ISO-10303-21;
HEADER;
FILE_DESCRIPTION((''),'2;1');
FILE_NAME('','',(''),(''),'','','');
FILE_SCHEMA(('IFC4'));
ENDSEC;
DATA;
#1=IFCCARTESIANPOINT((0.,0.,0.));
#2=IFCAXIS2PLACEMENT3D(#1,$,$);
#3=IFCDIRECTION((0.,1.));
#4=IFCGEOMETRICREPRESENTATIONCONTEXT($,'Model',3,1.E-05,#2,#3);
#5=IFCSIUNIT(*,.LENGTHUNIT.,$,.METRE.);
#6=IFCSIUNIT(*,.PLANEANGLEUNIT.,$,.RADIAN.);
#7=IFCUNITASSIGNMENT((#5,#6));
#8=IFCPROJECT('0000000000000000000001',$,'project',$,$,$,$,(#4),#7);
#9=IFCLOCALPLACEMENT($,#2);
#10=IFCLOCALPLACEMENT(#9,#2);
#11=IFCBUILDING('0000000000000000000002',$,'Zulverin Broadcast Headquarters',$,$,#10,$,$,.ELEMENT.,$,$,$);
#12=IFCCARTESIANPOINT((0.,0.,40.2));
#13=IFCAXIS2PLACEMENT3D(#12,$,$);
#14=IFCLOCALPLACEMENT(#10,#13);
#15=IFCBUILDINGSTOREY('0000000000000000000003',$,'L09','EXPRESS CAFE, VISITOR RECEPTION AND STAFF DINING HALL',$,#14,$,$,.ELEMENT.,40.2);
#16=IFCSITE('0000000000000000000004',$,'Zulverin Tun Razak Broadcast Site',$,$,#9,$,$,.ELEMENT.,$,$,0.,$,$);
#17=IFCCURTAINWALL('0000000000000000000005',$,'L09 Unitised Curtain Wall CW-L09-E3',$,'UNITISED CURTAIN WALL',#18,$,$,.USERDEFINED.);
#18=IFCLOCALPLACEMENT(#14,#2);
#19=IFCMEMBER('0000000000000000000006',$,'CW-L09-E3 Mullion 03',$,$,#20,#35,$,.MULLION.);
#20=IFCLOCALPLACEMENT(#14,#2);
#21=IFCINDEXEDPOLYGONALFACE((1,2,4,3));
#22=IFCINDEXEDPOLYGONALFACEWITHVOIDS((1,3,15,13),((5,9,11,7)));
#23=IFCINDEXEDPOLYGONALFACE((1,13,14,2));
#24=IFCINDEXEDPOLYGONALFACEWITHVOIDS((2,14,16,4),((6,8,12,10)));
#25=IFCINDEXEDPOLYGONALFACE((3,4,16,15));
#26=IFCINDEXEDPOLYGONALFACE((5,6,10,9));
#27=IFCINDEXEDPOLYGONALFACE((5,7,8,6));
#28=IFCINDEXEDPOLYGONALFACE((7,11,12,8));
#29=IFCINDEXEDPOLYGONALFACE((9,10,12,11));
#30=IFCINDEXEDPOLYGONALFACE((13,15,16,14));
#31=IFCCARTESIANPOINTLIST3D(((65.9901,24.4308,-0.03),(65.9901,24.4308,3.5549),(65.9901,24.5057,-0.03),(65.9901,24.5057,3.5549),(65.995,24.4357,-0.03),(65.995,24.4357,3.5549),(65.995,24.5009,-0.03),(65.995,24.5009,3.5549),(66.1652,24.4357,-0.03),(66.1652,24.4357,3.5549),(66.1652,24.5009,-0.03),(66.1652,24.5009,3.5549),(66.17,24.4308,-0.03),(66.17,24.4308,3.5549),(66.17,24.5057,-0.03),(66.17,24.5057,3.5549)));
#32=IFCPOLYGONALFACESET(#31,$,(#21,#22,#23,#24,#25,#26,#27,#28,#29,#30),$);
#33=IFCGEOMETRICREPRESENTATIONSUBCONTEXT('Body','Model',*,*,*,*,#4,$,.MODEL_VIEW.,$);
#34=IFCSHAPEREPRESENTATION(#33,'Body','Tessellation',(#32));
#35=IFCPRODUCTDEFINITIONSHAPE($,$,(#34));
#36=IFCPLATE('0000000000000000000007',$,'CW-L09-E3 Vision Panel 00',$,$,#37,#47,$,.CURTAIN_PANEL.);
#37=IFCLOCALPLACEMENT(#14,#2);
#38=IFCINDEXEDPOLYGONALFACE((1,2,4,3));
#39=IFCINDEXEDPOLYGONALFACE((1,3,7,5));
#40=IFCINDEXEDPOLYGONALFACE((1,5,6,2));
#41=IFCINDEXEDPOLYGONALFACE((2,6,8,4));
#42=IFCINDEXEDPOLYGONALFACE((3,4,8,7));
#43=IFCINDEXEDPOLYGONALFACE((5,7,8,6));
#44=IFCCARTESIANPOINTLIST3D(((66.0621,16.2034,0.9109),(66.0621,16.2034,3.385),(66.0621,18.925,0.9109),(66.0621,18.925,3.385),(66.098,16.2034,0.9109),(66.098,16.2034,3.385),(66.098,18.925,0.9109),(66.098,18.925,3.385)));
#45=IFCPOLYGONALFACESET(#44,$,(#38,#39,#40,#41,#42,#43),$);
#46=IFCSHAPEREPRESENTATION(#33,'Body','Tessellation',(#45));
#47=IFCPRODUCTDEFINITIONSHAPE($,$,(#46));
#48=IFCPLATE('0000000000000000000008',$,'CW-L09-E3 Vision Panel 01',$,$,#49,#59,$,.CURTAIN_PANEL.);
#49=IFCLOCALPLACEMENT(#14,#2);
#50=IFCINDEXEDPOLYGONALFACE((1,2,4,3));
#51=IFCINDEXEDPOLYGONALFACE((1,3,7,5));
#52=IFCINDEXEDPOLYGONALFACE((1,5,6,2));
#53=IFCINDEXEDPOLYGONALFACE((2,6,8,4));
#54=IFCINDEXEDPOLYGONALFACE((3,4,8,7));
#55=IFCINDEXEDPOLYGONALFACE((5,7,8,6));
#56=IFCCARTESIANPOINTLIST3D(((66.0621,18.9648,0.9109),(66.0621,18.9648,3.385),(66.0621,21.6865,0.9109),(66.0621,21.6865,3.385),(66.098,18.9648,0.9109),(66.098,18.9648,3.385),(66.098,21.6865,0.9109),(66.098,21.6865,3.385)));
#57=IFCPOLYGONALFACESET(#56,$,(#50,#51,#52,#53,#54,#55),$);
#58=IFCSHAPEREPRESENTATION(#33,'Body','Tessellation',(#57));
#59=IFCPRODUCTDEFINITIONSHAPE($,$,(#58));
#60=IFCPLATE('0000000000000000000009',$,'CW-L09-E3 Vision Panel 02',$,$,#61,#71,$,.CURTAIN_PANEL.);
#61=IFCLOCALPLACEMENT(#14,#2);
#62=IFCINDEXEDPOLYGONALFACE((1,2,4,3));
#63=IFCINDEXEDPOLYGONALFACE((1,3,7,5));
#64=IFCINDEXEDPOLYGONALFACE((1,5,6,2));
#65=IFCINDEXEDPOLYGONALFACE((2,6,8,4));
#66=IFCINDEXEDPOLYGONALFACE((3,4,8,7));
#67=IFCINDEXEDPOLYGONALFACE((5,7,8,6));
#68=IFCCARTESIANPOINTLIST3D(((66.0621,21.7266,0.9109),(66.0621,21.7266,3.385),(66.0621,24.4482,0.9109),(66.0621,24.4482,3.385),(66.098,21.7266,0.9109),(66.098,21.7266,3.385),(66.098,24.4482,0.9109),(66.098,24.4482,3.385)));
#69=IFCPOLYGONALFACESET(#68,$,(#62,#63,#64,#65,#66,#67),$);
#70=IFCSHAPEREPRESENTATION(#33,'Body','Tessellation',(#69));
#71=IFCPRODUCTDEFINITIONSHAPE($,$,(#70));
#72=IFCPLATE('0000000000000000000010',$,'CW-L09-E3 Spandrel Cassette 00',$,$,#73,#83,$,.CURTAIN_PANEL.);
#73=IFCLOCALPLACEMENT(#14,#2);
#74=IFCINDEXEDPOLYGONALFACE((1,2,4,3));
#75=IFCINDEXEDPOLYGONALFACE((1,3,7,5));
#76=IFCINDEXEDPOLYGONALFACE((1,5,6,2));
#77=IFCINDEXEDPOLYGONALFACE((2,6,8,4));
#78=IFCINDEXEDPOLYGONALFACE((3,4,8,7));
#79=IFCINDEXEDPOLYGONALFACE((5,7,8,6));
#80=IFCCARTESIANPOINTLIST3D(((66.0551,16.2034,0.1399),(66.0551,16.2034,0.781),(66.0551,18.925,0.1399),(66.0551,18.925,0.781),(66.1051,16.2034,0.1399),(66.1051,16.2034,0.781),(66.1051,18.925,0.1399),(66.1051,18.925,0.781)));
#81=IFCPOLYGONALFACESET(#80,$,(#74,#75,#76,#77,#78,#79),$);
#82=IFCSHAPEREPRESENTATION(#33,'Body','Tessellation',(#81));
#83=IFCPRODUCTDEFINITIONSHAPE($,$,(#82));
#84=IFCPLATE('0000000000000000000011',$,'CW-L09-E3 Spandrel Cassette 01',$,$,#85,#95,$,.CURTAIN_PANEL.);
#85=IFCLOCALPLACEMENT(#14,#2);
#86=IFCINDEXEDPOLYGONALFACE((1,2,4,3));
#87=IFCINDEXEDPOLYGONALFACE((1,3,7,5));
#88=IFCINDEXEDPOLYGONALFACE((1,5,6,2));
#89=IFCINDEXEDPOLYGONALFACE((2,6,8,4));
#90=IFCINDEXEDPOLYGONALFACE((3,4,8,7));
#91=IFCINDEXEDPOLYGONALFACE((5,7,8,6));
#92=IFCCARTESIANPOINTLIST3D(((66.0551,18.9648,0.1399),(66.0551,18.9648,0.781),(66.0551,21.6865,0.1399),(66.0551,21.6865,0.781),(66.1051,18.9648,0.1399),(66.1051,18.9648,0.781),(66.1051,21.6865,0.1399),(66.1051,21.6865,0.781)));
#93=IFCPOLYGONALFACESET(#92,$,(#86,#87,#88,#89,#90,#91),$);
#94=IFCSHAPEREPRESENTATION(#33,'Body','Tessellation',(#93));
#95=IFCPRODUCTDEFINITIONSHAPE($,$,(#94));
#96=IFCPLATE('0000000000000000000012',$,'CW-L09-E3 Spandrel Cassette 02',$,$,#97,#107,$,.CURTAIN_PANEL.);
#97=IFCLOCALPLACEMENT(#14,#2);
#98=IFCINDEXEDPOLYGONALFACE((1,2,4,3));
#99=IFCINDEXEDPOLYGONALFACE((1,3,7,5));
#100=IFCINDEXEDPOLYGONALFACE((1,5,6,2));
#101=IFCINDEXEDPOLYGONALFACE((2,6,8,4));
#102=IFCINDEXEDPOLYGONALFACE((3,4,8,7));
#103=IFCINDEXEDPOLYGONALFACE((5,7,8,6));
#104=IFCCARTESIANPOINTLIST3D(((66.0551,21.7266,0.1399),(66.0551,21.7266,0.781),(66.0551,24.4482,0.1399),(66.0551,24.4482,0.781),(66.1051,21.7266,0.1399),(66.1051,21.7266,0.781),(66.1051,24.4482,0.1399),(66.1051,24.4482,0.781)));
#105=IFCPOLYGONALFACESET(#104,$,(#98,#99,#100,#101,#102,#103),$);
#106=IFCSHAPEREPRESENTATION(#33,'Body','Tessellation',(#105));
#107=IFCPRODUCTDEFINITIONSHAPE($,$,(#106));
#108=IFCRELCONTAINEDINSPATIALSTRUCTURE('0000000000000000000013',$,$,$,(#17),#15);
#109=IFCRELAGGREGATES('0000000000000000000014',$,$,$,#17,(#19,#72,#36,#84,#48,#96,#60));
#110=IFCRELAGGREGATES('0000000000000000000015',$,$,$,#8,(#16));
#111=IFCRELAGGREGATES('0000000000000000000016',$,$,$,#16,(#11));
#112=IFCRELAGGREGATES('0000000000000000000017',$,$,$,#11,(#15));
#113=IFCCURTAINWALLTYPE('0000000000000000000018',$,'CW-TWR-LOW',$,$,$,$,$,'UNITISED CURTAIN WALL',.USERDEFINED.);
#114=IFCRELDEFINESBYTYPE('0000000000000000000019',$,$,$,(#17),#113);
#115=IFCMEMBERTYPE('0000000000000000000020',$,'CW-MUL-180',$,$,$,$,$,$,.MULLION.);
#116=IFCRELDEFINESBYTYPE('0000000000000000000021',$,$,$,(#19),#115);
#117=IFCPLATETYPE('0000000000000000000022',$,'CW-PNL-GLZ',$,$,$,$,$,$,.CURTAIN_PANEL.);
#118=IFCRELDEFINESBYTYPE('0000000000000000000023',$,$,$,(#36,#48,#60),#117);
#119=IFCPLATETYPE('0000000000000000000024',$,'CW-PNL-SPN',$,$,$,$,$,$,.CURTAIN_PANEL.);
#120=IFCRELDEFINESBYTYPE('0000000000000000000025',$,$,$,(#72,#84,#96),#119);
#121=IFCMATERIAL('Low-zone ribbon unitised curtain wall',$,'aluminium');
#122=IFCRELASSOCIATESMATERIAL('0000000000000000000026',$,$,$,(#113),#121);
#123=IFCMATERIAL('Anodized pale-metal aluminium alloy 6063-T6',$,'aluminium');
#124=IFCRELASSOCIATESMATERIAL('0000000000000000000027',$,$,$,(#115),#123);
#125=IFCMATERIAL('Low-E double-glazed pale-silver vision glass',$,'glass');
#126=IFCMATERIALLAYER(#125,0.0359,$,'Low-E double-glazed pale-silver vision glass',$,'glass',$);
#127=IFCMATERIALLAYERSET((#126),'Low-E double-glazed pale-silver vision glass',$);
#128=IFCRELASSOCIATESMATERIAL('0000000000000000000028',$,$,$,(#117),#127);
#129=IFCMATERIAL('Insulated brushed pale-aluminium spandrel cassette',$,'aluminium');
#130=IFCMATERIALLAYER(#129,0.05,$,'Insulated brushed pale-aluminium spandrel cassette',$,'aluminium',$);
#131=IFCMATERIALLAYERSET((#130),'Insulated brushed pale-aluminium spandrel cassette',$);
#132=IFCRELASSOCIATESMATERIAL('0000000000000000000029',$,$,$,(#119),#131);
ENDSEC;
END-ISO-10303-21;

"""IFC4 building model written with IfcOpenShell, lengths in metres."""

from ifc_helpers import new_model, si_unit, direction, frame, origin, origin_2d, place, context, subcontext, project, spatial, rectangle, hollow_rectangle, extrude, material, layer, layer_set, material_profile, profile_set, type_object, element, aggregate, save


model = new_model("IFC4")

# Units and contexts
model_context = context("Model", 3, precision=1e-05, world=origin(), true_north=direction((0.0, 1.0)))
body_context = subcontext(model_context, "Body", "Model", "MODEL_VIEW")
ifc_project = project(units=[si_unit("LENGTHUNIT", "METRE"), si_unit("PLANEANGLEUNIT", "RADIAN")], contexts=[model_context])

# Site, building, storey
site_placement = place(None, origin())
site = spatial("IfcSite", under=ifc_project, at=site_placement, Name="Zulverin Tun Razak Broadcast Site", CompositionType="ELEMENT", RefElevation=0.0)
building_placement = place(site_placement, origin())
building = spatial("IfcBuilding", under=site, at=building_placement, Name="Zulverin Broadcast Headquarters", CompositionType="ELEMENT")
storey_placement = place(building_placement, frame((0.0, 0.0, 40.2)))
storey = spatial("IfcBuildingStorey", under=building, at=storey_placement, Name="L09", Description="EXPRESS CAFE, VISITOR RECEPTION AND STAFF DINING HALL", CompositionType="ELEMENT", Elevation=40.2)

# Curtain wall, member, plates
ifc_material_1 = material(Name="Low-zone ribbon unitised curtain wall", Category="aluminium")
curtain_wall_type = type_object("IfcCurtainWallType", Name="CW-TWR-LOW", ElementType="UNITISED CURTAIN WALL", PredefinedType="USERDEFINED", material=ifc_material_1)
curtain_wall_placement = place(storey_placement, origin())
curtain_wall = element("IfcCurtainWall", 1, at=curtain_wall_placement, inside=storey, type_object=curtain_wall_type, Name="L09 Unitised Curtain Wall CW-L09-E3", ObjectType="UNITISED CURTAIN WALL", PredefinedType="USERDEFINED")
ifc_material_2 = material(Name="Anodized pale-metal aluminium alloy 6063-T6", Category="aluminium")
ifc_material_profile_1 = material_profile(ifc_material_2, hollow_rectangle(XDim=0.075, YDim=0.1799, WallThickness=0.0049, at=origin_2d()), Name="Anodized pale-metal aluminium alloy 6063-T6", Category="aluminium")
ifc_profile_set_1 = profile_set([ifc_material_profile_1], Name="Anodized pale-metal aluminium alloy 6063-T6")
member_type = type_object("IfcMemberType", Name="CW-MUL-180", PredefinedType="MULLION", material=ifc_profile_set_1)
member_1_placement = place(storey_placement, frame((66.0801, 24.4683, -0.03), z_axis=(0.0, 0.0, 1.0), x_axis=(0.0, 1.0, 0.0)))
member_1 = element("IfcMember", 2, at=member_1_placement, type_object=member_type, Name="CW-L09-E3 Mullion 03", PredefinedType="MULLION", context=body_context, shape_type="SweptSolid", body=[
    extrude(hollow_rectangle(XDim=0.075, YDim=0.1799, WallThickness=0.0049, at=origin_2d()), origin(), (0.0, 0.0, 1.0), 3.585),
])
ifc_material_3 = material(Name="Low-E double-glazed pale-silver vision glass", Category="glass")
ifc_layer_1 = layer(ifc_material_3, 0.0359, Name="Low-E double-glazed pale-silver vision glass", Category="glass")
ifc_layer_set_1 = layer_set([ifc_layer_1], Name="Low-E double-glazed pale-silver vision glass")
plate_type_1 = type_object("IfcPlateType", Name="CW-PNL-GLZ", PredefinedType="CURTAIN_PANEL", material=ifc_layer_set_1)
plate_1_placement = place(storey_placement, frame((66.0801, 17.5642, 0.9109), z_axis=(0.0, 0.0, 1.0), x_axis=(0.0, 1.0, 0.0)))
plate_1 = element("IfcPlate", 3, at=plate_1_placement, type_object=plate_type_1, Name="CW-L09-E3 Vision Panel 00", PredefinedType="CURTAIN_PANEL", context=body_context, shape_type="SweptSolid", body=[
    extrude(rectangle(XDim=2.7217, YDim=0.0359, at=origin_2d()), origin(), (0.0, 0.0, 1.0), 2.4741),
])
plate_2_placement = place(storey_placement, frame((66.0801, 20.3257, 0.9109), z_axis=(0.0, 0.0, 1.0), x_axis=(0.0, 1.0, 0.0)))
plate_2 = element("IfcPlate", 4, at=plate_2_placement, type_object=plate_type_1, Name="CW-L09-E3 Vision Panel 01", PredefinedType="CURTAIN_PANEL", context=body_context, shape_type="SweptSolid", body=[
    extrude(rectangle(XDim=2.7217, YDim=0.0359, at=origin_2d()), origin(), (0.0, 0.0, 1.0), 2.4741),
])
plate_3_placement = place(storey_placement, frame((66.0801, 23.0874, 0.9109), z_axis=(0.0, 0.0, 1.0), x_axis=(0.0, 1.0, 0.0)))
plate_3 = element("IfcPlate", 5, at=plate_3_placement, type_object=plate_type_1, Name="CW-L09-E3 Vision Panel 02", PredefinedType="CURTAIN_PANEL", context=body_context, shape_type="SweptSolid", body=[
    extrude(rectangle(XDim=2.7217, YDim=0.0359, at=origin_2d()), origin(), (0.0, 0.0, 1.0), 2.4741),
])
ifc_material_4 = material(Name="Insulated brushed pale-aluminium spandrel cassette", Category="aluminium")
ifc_layer_2 = layer(ifc_material_4, 0.05, Name="Insulated brushed pale-aluminium spandrel cassette", Category="aluminium")
ifc_layer_set_2 = layer_set([ifc_layer_2], Name="Insulated brushed pale-aluminium spandrel cassette")
plate_type_2 = type_object("IfcPlateType", Name="CW-PNL-SPN", PredefinedType="CURTAIN_PANEL", material=ifc_layer_set_2)
plate_4_placement = place(storey_placement, frame((66.0801, 17.5642, 0.1399), z_axis=(0.0, 0.0, 1.0), x_axis=(0.0, 1.0, 0.0)))
plate_4 = element("IfcPlate", 6, at=plate_4_placement, type_object=plate_type_2, Name="CW-L09-E3 Spandrel Cassette 00", PredefinedType="CURTAIN_PANEL", context=body_context, shape_type="SweptSolid", body=[
    extrude(rectangle(XDim=2.7217, YDim=0.05, at=origin_2d()), origin(), (0.0, 0.0, 1.0), 0.6411),
])
plate_5_placement = place(storey_placement, frame((66.0801, 20.3257, 0.1399), z_axis=(0.0, 0.0, 1.0), x_axis=(0.0, 1.0, 0.0)))
plate_5 = element("IfcPlate", 7, at=plate_5_placement, type_object=plate_type_2, Name="CW-L09-E3 Spandrel Cassette 01", PredefinedType="CURTAIN_PANEL", context=body_context, shape_type="SweptSolid", body=[
    extrude(rectangle(XDim=2.7217, YDim=0.05, at=origin_2d()), origin(), (0.0, 0.0, 1.0), 0.6411),
])
plate_6_placement = place(storey_placement, frame((66.0801, 23.0874, 0.1399), z_axis=(0.0, 0.0, 1.0), x_axis=(0.0, 1.0, 0.0)))
plate_6 = element("IfcPlate", 8, at=plate_6_placement, type_object=plate_type_2, Name="CW-L09-E3 Spandrel Cassette 02", PredefinedType="CURTAIN_PANEL", context=body_context, shape_type="SweptSolid", body=[
    extrude(rectangle(XDim=2.7217, YDim=0.05, at=origin_2d()), origin(), (0.0, 0.0, 1.0), 0.6411),
])
aggregate(curtain_wall, [member_1, plate_4, plate_1, plate_5, plate_2, plate_6, plate_3])

save(model, "model.ifc")
